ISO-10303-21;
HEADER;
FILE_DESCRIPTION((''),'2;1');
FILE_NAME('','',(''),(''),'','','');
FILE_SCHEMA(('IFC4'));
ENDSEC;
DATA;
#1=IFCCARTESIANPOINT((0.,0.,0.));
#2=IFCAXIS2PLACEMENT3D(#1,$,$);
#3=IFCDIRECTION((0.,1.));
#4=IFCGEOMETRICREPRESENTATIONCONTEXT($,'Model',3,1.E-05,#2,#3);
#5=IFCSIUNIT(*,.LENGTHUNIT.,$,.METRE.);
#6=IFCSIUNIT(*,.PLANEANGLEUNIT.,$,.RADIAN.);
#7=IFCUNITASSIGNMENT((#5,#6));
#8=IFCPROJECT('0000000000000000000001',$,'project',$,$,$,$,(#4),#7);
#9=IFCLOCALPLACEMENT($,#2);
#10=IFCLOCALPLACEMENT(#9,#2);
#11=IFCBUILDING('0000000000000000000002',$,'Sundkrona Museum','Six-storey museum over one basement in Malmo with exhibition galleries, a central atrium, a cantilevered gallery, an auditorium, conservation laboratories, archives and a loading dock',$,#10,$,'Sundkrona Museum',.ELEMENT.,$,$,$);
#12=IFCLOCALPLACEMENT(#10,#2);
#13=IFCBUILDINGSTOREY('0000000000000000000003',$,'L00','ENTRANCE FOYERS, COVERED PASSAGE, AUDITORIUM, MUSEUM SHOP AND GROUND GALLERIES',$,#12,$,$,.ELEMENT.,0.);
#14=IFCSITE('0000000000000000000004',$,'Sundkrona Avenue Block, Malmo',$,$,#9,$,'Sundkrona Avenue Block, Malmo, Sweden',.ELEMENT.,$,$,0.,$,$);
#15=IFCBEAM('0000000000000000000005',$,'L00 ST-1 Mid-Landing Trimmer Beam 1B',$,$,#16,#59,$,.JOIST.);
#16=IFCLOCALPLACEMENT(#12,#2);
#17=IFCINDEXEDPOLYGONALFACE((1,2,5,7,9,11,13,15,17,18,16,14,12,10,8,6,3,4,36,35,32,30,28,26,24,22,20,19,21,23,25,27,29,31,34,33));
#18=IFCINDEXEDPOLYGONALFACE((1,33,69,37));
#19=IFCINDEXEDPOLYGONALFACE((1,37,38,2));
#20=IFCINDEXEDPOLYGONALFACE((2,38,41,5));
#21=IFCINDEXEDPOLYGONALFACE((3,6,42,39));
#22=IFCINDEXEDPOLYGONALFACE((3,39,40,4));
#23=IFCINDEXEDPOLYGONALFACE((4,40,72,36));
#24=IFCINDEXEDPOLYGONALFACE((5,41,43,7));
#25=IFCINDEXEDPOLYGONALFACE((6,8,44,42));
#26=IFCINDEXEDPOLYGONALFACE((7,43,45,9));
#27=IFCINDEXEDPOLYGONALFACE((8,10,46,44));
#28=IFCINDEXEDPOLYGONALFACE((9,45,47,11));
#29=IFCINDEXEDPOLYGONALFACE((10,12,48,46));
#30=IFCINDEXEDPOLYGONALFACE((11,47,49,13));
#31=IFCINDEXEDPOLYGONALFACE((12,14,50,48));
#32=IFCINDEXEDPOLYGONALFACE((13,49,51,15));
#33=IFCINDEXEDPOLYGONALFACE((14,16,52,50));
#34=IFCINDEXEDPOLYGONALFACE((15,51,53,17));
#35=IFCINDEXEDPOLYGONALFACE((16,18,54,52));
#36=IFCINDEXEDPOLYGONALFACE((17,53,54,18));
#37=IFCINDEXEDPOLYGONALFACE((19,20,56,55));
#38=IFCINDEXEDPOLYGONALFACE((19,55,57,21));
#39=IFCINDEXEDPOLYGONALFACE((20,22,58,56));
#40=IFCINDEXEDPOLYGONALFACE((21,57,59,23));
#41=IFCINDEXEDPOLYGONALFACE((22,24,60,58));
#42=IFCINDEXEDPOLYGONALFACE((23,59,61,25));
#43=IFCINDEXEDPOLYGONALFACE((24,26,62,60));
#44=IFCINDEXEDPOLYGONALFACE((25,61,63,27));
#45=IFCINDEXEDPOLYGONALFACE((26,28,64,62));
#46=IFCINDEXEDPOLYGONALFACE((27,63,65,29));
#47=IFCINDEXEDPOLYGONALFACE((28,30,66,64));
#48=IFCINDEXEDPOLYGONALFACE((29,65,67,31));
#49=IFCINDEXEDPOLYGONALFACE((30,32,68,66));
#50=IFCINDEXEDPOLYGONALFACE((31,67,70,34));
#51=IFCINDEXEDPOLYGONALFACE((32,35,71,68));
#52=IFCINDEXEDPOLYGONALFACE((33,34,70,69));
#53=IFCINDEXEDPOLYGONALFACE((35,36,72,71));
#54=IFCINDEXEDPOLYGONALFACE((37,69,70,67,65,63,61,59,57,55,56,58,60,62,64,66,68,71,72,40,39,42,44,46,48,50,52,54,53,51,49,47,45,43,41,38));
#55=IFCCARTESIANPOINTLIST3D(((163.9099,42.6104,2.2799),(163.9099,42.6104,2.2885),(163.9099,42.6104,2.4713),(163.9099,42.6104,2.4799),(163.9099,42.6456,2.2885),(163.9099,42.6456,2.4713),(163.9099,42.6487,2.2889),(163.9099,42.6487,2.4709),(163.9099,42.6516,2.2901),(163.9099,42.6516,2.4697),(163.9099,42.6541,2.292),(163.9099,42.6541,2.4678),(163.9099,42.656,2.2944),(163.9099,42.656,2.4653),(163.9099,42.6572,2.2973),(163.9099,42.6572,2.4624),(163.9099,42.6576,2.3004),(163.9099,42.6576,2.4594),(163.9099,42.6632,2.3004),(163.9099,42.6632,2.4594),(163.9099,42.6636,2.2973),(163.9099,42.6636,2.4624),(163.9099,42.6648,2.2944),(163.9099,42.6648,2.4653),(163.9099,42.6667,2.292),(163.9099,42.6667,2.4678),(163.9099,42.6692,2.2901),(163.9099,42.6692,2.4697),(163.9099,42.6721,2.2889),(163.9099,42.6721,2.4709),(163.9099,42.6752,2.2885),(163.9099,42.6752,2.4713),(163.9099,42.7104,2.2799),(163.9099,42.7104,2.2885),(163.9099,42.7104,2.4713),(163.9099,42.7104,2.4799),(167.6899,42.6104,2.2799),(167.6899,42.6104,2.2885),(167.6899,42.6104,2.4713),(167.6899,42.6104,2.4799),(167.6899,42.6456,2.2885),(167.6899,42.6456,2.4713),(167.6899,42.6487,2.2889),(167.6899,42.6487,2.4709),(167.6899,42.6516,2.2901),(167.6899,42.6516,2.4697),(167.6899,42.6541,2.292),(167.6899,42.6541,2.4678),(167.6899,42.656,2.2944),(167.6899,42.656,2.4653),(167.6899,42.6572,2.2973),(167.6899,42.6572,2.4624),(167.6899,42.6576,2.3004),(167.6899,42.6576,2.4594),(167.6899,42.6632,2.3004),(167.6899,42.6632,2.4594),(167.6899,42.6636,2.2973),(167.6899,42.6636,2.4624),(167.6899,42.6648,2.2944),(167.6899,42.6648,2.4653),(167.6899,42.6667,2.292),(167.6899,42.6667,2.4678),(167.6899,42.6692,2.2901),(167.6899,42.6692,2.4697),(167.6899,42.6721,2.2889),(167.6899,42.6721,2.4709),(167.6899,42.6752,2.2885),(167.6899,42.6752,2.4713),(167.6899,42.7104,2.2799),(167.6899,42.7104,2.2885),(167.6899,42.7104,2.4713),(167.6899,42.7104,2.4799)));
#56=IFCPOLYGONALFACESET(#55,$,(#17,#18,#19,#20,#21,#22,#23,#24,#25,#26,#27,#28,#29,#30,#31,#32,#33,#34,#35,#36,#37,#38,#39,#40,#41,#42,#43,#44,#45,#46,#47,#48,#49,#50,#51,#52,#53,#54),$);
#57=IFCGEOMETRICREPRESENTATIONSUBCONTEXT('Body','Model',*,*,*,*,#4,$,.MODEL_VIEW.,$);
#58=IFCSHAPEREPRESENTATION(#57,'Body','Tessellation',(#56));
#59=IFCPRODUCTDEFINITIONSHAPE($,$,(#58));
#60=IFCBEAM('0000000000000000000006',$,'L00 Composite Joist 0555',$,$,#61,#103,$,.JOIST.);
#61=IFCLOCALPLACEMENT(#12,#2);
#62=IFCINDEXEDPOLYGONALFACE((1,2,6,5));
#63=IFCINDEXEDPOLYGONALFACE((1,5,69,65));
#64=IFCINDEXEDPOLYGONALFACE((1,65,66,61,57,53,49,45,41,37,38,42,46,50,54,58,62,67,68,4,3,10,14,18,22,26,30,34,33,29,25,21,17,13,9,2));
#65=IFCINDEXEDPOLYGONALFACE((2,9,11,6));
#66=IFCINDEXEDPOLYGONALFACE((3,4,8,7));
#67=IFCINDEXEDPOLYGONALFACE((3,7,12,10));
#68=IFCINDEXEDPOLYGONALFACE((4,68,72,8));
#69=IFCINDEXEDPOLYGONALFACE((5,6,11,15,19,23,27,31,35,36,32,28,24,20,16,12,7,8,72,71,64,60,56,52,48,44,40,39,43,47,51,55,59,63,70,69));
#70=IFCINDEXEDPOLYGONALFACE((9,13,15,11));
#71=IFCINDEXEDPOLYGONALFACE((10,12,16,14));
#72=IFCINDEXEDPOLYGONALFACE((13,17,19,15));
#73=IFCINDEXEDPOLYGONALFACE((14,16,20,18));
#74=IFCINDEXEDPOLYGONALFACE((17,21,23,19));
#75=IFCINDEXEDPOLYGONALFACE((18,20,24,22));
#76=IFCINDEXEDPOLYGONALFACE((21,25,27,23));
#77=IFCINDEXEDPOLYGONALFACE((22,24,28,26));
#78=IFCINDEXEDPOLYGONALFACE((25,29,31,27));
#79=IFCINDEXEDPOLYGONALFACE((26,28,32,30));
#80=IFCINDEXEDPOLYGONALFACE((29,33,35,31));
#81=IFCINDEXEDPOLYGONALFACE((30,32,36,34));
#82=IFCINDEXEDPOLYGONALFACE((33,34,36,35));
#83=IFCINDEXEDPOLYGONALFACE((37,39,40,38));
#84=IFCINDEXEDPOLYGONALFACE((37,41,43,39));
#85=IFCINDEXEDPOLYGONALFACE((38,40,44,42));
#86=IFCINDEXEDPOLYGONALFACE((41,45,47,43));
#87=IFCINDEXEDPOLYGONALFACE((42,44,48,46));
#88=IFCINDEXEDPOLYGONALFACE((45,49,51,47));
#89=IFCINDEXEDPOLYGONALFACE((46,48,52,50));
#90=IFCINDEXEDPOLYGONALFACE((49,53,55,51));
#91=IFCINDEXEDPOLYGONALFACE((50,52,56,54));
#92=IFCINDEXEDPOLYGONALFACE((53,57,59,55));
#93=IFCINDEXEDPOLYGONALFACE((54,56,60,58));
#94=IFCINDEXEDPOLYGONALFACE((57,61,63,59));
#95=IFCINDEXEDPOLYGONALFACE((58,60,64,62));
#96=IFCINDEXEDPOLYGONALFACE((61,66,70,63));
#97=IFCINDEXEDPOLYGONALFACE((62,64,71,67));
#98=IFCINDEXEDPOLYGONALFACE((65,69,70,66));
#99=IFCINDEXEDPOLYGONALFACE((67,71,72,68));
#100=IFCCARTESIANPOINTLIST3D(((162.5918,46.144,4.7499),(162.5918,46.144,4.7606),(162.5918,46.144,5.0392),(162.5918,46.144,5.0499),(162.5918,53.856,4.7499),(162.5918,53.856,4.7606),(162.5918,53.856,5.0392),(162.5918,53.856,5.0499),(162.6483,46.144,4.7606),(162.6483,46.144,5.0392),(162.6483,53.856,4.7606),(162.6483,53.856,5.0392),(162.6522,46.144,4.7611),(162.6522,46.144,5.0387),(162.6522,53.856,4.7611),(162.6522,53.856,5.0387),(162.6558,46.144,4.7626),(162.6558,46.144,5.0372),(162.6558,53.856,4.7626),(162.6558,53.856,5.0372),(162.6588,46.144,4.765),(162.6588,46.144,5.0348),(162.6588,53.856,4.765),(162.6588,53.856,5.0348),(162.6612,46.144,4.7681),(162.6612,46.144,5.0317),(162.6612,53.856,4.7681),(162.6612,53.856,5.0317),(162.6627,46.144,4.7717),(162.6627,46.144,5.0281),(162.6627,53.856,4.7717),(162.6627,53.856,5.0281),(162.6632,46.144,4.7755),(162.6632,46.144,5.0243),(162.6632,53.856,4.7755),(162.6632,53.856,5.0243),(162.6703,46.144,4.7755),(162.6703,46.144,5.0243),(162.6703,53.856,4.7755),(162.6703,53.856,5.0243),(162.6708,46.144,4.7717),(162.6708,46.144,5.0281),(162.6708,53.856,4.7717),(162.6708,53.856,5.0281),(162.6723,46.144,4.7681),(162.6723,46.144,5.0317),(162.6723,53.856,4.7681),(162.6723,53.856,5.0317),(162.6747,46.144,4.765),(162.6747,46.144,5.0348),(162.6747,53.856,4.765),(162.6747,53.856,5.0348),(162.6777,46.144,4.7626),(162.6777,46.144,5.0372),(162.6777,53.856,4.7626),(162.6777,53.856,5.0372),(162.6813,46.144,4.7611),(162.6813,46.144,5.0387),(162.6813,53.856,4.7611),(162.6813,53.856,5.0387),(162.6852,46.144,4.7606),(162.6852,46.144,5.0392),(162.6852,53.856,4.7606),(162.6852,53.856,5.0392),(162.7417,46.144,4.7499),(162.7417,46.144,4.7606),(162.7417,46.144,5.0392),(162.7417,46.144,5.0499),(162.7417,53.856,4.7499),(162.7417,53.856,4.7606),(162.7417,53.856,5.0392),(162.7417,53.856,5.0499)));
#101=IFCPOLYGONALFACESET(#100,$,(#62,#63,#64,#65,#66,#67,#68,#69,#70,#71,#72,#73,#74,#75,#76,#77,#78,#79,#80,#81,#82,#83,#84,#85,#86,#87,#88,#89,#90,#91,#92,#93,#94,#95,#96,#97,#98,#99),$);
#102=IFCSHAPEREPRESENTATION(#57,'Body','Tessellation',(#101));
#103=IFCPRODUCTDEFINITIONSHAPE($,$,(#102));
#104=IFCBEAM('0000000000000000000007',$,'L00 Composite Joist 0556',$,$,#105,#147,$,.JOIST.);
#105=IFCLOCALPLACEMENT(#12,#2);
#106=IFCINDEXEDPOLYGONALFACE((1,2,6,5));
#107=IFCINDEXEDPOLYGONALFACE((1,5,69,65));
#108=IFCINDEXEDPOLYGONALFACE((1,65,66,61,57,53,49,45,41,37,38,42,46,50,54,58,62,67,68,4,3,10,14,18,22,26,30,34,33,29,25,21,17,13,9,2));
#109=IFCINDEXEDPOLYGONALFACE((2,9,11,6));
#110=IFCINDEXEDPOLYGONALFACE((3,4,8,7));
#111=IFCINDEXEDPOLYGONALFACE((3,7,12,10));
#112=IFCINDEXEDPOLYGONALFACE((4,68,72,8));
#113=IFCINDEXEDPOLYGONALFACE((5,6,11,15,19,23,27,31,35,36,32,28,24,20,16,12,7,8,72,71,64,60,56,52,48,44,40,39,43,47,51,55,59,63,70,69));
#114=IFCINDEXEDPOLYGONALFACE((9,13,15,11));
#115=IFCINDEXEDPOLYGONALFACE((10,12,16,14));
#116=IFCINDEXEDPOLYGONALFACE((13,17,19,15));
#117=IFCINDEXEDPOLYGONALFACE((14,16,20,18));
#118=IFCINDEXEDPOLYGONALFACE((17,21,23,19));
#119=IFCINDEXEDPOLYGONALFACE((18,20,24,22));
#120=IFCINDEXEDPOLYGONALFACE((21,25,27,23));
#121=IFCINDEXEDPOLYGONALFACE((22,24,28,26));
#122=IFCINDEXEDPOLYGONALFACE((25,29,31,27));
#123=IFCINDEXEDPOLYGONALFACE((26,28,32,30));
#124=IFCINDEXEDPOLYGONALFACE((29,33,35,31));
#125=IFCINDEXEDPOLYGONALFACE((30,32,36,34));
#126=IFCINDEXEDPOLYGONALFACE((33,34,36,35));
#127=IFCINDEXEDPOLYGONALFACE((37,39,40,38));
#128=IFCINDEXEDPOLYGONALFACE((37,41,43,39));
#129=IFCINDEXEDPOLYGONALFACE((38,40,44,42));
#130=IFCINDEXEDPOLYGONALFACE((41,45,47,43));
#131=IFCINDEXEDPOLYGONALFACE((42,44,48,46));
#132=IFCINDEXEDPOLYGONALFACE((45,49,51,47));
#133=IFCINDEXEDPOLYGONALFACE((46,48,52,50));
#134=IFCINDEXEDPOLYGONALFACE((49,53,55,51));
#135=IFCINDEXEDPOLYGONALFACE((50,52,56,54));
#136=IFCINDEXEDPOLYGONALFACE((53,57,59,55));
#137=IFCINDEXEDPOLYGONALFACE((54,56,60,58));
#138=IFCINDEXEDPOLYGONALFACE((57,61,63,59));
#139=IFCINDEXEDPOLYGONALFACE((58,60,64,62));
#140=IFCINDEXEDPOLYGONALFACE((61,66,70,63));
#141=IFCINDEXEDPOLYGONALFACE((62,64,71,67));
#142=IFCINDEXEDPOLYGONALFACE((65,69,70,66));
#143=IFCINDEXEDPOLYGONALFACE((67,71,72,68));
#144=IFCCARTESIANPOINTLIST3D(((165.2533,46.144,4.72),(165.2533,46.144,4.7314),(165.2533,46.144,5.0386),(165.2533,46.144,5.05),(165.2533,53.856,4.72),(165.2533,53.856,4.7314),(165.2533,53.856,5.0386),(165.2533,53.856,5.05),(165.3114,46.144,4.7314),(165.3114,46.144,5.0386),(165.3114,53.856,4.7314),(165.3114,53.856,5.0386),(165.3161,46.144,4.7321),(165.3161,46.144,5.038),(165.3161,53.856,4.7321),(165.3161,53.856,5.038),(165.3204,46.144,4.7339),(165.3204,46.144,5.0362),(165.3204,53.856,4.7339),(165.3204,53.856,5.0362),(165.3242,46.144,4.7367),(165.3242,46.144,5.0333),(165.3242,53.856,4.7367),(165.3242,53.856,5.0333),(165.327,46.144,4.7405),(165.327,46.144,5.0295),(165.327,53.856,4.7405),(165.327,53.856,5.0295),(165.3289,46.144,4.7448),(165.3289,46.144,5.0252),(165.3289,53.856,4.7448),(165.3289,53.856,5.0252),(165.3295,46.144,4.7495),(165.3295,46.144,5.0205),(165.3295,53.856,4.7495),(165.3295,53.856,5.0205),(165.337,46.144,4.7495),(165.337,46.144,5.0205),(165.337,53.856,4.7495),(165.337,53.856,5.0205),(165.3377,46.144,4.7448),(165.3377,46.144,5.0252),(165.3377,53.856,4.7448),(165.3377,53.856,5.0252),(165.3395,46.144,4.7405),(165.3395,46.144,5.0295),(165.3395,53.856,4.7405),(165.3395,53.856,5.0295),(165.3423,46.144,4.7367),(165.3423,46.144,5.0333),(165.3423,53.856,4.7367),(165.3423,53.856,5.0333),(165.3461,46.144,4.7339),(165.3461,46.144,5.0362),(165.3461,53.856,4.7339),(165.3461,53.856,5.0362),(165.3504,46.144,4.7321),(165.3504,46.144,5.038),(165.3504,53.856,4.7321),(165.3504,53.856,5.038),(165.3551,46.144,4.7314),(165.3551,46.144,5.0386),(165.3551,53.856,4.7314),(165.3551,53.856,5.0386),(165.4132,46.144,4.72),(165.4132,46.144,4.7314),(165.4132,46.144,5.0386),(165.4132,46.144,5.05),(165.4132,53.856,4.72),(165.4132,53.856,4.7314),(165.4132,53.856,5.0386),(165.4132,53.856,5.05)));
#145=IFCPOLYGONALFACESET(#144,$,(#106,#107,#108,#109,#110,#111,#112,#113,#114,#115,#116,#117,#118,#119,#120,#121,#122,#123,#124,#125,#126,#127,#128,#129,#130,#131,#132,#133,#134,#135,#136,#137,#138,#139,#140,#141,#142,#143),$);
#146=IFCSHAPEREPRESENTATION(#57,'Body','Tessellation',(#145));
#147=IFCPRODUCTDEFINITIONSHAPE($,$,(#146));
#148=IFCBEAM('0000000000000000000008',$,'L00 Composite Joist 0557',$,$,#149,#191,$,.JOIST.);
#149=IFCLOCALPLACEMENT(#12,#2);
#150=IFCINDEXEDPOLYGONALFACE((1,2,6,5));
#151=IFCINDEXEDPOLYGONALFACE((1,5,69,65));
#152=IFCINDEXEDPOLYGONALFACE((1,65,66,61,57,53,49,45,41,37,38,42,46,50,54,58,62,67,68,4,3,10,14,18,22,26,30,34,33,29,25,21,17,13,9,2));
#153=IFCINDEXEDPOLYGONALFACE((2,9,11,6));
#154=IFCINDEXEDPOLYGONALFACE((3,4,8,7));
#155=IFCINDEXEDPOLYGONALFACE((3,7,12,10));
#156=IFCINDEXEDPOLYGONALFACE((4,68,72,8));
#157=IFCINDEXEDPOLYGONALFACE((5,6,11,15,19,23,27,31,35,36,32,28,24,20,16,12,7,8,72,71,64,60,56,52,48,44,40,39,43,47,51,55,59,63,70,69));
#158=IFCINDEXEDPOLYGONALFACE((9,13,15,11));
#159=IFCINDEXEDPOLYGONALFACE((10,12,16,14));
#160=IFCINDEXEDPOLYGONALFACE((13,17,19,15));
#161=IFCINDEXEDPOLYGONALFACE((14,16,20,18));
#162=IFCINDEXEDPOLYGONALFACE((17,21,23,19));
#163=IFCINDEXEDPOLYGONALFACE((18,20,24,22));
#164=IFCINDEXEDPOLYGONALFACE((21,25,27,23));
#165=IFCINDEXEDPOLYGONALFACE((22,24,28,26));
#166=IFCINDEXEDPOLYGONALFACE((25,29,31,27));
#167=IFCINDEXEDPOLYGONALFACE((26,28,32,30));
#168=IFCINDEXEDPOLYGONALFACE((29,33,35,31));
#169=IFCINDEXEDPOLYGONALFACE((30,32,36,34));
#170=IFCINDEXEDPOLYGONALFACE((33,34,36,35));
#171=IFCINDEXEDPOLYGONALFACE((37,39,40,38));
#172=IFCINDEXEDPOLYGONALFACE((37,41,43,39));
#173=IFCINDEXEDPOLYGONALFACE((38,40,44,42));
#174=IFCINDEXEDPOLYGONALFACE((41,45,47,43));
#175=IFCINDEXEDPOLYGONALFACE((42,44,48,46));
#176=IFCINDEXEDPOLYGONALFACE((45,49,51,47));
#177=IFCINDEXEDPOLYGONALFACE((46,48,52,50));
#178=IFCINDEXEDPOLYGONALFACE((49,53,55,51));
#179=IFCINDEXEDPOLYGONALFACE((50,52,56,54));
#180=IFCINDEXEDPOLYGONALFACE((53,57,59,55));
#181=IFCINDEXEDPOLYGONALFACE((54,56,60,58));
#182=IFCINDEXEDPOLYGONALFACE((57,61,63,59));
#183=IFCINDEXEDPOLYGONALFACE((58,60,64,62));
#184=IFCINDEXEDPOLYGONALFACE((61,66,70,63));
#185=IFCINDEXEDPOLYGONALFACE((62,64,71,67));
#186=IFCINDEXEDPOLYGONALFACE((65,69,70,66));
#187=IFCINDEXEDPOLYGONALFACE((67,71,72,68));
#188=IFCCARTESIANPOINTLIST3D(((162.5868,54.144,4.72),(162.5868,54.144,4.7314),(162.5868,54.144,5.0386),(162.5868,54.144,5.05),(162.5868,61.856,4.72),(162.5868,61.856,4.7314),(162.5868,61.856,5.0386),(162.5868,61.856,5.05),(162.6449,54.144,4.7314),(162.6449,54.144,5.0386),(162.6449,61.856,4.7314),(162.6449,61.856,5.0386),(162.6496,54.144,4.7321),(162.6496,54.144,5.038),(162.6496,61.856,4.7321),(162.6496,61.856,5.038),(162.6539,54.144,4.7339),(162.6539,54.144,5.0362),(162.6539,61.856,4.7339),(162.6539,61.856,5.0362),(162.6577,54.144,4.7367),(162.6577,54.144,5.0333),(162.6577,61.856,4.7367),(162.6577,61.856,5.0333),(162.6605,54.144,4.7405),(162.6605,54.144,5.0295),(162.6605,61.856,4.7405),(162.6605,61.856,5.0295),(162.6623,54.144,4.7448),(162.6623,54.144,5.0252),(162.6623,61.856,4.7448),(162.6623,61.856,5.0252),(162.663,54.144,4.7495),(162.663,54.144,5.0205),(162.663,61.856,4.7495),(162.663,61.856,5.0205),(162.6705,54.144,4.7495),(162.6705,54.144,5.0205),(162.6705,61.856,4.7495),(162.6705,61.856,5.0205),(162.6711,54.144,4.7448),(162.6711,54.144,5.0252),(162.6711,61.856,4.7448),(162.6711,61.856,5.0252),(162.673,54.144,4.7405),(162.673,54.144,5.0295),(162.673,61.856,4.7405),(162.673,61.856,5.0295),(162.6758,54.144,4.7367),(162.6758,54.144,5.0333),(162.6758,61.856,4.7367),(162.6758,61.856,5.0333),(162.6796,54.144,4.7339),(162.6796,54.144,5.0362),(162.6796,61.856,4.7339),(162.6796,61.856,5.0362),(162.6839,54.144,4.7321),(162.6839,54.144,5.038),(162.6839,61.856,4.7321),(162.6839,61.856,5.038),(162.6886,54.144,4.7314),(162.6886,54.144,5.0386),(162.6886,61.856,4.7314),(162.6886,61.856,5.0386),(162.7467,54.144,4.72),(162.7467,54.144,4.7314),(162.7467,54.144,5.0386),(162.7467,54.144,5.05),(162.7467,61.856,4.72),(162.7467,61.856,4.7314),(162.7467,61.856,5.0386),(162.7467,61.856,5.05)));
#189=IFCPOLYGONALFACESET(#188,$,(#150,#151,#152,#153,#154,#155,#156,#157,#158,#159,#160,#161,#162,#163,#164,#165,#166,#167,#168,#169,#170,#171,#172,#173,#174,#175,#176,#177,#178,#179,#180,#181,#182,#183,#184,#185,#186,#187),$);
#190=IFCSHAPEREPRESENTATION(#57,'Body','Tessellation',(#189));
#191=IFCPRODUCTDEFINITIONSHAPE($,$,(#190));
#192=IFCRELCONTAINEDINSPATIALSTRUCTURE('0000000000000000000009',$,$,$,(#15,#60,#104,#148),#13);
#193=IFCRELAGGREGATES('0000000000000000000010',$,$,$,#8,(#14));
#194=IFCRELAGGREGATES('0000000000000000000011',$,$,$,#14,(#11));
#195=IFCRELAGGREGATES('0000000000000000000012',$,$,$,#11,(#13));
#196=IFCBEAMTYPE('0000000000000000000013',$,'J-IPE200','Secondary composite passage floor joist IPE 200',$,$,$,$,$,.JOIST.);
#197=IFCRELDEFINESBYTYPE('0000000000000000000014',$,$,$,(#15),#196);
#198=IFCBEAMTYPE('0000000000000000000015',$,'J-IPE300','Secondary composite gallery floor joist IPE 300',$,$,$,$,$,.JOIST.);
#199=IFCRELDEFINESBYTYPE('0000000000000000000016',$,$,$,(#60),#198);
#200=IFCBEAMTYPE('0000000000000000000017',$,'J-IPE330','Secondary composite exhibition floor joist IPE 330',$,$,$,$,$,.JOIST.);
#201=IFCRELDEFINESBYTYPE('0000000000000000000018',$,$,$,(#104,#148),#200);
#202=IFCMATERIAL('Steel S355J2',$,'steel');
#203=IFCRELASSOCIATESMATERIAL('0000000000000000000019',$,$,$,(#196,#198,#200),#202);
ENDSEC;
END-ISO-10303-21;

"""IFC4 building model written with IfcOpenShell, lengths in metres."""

from ifc_helpers import new_model, si_unit, direction, frame, origin, origin_2d, place, context, subcontext, project, spatial, i_section, extrude, material, material_profile, profile_set, type_object, element, save


model = new_model("IFC4")

# Units and contexts
model_context = context("Model", 3, precision=1e-05, world=origin(), true_north=direction((0.0, 1.0)))
body_context = subcontext(model_context, "Body", "Model", "MODEL_VIEW")
ifc_project = project(units=[si_unit("LENGTHUNIT", "METRE"), si_unit("PLANEANGLEUNIT", "RADIAN")], contexts=[model_context])

# Site, building, storey
site_placement = place(None, origin())
site = spatial("IfcSite", under=ifc_project, at=site_placement, Name="Sundkrona Avenue Block, Malmo", LongName="Sundkrona Avenue Block, Malmo, Sweden", CompositionType="ELEMENT", RefElevation=0.0)
building_placement = place(site_placement, origin())
building = spatial("IfcBuilding", under=site, at=building_placement, Name="Sundkrona Museum", Description="Six-storey museum over one basement in Malmo with exhibition galleries, a central atrium, a cantilevered gallery, an auditorium, conservation laboratories, archives and a loading dock", LongName="Sundkrona Museum", CompositionType="ELEMENT")
storey_placement = place(building_placement, origin())
storey = spatial("IfcBuildingStorey", under=building, at=storey_placement, Name="L00", Description="ENTRANCE FOYERS, COVERED PASSAGE, AUDITORIUM, MUSEUM SHOP AND GROUND GALLERIES", CompositionType="ELEMENT", Elevation=0.0)

# Shared definitions
ifc_material_1 = material(Name="Steel S355J2", Category="steel")

# Beams
ifc_material_profile_1 = material_profile(ifc_material_1, i_section(OverallWidth=0.1001, OverallDepth=0.2, WebThickness=0.0056, FlangeThickness=0.0085, FilletRadius=0.012, at=origin_2d()), Name="IPE 200")
ifc_profile_set_1 = profile_set([ifc_material_profile_1], Name="Steel S355J2")
beam_type_1 = type_object("IfcBeamType", Name="J-IPE200", Description="Secondary composite passage floor joist IPE 200", PredefinedType="JOIST", material=ifc_profile_set_1)
for number, where, z_axis, x_axis, name in (
    (1, (163.9099, 42.6604, 2.3799), (1.0, 0.0, 0.0), (0.0, 1.0, 0.0), "L00 ST-1 Mid-Landing Trimmer Beam 1B"),
):
    element("IfcBeam", number, at=place(storey_placement, frame(where, z_axis=z_axis, x_axis=x_axis)), inside=storey, type_object=beam_type_1, Name=name, PredefinedType="JOIST", context=body_context, shape_type="SweptSolid", body=[
        extrude(i_section(OverallWidth=0.1001, OverallDepth=0.2, WebThickness=0.0056, FlangeThickness=0.0085, FilletRadius=0.012, at=origin_2d()), origin(), (0.0, 0.0, 1.0), 3.78),
    ])
ifc_material_profile_2 = material_profile(ifc_material_1, i_section(OverallWidth=0.1499, OverallDepth=0.3, WebThickness=0.0071, FlangeThickness=0.0107, FilletRadius=0.0149, at=origin_2d()), Name="IPE 300")
ifc_profile_set_2 = profile_set([ifc_material_profile_2], Name="Steel S355J2")
beam_type_2 = type_object("IfcBeamType", Name="J-IPE300", Description="Secondary composite gallery floor joist IPE 300", PredefinedType="JOIST", material=ifc_profile_set_2)
beam_placement = place(storey_placement, frame((162.6667, 46.144, 4.8999), z_axis=(0.0, 1.0, 0.0), x_axis=(-1.0, 0.0, 0.0)))
element("IfcBeam", 2, at=beam_placement, inside=storey, type_object=beam_type_2, Name="L00 Composite Joist 0555", PredefinedType="JOIST", context=body_context, shape_type="SweptSolid", body=[
    extrude(i_section(OverallWidth=0.1499, OverallDepth=0.3, WebThickness=0.0071, FlangeThickness=0.0107, FilletRadius=0.0149, at=origin_2d()), origin(), (0.0, 0.0, 1.0), 7.7119),
])
ifc_material_profile_3 = material_profile(ifc_material_1, i_section(OverallWidth=0.1599, OverallDepth=0.3301, WebThickness=0.0076, FlangeThickness=0.0115, FilletRadius=0.0181, at=origin_2d()), Name="IPE 330")
ifc_profile_set_3 = profile_set([ifc_material_profile_3], Name="Steel S355J2")
beam_type_3 = type_object("IfcBeamType", Name="J-IPE330", Description="Secondary composite exhibition floor joist IPE 330", PredefinedType="JOIST", material=ifc_profile_set_3)
for number, where, z_axis, x_axis, name in (
    (3, (165.3333, 46.144, 4.885), (0.0, 1.0, 0.0), (-1.0, 0.0, 0.0), "L00 Composite Joist 0556"),
    (4, (162.6667, 54.144, 4.885), (0.0, 1.0, 0.0), (-1.0, 0.0, 0.0), "L00 Composite Joist 0557"),
):
    element("IfcBeam", number, at=place(storey_placement, frame(where, z_axis=z_axis, x_axis=x_axis)), inside=storey, type_object=beam_type_3, Name=name, PredefinedType="JOIST", context=body_context, shape_type="SweptSolid", body=[
        extrude(i_section(OverallWidth=0.1599, OverallDepth=0.3301, WebThickness=0.0076, FlangeThickness=0.0115, FilletRadius=0.0181, at=origin_2d()), origin(), (0.0, 0.0, 1.0), 7.7119),
    ])

save(model, "model.ifc")
